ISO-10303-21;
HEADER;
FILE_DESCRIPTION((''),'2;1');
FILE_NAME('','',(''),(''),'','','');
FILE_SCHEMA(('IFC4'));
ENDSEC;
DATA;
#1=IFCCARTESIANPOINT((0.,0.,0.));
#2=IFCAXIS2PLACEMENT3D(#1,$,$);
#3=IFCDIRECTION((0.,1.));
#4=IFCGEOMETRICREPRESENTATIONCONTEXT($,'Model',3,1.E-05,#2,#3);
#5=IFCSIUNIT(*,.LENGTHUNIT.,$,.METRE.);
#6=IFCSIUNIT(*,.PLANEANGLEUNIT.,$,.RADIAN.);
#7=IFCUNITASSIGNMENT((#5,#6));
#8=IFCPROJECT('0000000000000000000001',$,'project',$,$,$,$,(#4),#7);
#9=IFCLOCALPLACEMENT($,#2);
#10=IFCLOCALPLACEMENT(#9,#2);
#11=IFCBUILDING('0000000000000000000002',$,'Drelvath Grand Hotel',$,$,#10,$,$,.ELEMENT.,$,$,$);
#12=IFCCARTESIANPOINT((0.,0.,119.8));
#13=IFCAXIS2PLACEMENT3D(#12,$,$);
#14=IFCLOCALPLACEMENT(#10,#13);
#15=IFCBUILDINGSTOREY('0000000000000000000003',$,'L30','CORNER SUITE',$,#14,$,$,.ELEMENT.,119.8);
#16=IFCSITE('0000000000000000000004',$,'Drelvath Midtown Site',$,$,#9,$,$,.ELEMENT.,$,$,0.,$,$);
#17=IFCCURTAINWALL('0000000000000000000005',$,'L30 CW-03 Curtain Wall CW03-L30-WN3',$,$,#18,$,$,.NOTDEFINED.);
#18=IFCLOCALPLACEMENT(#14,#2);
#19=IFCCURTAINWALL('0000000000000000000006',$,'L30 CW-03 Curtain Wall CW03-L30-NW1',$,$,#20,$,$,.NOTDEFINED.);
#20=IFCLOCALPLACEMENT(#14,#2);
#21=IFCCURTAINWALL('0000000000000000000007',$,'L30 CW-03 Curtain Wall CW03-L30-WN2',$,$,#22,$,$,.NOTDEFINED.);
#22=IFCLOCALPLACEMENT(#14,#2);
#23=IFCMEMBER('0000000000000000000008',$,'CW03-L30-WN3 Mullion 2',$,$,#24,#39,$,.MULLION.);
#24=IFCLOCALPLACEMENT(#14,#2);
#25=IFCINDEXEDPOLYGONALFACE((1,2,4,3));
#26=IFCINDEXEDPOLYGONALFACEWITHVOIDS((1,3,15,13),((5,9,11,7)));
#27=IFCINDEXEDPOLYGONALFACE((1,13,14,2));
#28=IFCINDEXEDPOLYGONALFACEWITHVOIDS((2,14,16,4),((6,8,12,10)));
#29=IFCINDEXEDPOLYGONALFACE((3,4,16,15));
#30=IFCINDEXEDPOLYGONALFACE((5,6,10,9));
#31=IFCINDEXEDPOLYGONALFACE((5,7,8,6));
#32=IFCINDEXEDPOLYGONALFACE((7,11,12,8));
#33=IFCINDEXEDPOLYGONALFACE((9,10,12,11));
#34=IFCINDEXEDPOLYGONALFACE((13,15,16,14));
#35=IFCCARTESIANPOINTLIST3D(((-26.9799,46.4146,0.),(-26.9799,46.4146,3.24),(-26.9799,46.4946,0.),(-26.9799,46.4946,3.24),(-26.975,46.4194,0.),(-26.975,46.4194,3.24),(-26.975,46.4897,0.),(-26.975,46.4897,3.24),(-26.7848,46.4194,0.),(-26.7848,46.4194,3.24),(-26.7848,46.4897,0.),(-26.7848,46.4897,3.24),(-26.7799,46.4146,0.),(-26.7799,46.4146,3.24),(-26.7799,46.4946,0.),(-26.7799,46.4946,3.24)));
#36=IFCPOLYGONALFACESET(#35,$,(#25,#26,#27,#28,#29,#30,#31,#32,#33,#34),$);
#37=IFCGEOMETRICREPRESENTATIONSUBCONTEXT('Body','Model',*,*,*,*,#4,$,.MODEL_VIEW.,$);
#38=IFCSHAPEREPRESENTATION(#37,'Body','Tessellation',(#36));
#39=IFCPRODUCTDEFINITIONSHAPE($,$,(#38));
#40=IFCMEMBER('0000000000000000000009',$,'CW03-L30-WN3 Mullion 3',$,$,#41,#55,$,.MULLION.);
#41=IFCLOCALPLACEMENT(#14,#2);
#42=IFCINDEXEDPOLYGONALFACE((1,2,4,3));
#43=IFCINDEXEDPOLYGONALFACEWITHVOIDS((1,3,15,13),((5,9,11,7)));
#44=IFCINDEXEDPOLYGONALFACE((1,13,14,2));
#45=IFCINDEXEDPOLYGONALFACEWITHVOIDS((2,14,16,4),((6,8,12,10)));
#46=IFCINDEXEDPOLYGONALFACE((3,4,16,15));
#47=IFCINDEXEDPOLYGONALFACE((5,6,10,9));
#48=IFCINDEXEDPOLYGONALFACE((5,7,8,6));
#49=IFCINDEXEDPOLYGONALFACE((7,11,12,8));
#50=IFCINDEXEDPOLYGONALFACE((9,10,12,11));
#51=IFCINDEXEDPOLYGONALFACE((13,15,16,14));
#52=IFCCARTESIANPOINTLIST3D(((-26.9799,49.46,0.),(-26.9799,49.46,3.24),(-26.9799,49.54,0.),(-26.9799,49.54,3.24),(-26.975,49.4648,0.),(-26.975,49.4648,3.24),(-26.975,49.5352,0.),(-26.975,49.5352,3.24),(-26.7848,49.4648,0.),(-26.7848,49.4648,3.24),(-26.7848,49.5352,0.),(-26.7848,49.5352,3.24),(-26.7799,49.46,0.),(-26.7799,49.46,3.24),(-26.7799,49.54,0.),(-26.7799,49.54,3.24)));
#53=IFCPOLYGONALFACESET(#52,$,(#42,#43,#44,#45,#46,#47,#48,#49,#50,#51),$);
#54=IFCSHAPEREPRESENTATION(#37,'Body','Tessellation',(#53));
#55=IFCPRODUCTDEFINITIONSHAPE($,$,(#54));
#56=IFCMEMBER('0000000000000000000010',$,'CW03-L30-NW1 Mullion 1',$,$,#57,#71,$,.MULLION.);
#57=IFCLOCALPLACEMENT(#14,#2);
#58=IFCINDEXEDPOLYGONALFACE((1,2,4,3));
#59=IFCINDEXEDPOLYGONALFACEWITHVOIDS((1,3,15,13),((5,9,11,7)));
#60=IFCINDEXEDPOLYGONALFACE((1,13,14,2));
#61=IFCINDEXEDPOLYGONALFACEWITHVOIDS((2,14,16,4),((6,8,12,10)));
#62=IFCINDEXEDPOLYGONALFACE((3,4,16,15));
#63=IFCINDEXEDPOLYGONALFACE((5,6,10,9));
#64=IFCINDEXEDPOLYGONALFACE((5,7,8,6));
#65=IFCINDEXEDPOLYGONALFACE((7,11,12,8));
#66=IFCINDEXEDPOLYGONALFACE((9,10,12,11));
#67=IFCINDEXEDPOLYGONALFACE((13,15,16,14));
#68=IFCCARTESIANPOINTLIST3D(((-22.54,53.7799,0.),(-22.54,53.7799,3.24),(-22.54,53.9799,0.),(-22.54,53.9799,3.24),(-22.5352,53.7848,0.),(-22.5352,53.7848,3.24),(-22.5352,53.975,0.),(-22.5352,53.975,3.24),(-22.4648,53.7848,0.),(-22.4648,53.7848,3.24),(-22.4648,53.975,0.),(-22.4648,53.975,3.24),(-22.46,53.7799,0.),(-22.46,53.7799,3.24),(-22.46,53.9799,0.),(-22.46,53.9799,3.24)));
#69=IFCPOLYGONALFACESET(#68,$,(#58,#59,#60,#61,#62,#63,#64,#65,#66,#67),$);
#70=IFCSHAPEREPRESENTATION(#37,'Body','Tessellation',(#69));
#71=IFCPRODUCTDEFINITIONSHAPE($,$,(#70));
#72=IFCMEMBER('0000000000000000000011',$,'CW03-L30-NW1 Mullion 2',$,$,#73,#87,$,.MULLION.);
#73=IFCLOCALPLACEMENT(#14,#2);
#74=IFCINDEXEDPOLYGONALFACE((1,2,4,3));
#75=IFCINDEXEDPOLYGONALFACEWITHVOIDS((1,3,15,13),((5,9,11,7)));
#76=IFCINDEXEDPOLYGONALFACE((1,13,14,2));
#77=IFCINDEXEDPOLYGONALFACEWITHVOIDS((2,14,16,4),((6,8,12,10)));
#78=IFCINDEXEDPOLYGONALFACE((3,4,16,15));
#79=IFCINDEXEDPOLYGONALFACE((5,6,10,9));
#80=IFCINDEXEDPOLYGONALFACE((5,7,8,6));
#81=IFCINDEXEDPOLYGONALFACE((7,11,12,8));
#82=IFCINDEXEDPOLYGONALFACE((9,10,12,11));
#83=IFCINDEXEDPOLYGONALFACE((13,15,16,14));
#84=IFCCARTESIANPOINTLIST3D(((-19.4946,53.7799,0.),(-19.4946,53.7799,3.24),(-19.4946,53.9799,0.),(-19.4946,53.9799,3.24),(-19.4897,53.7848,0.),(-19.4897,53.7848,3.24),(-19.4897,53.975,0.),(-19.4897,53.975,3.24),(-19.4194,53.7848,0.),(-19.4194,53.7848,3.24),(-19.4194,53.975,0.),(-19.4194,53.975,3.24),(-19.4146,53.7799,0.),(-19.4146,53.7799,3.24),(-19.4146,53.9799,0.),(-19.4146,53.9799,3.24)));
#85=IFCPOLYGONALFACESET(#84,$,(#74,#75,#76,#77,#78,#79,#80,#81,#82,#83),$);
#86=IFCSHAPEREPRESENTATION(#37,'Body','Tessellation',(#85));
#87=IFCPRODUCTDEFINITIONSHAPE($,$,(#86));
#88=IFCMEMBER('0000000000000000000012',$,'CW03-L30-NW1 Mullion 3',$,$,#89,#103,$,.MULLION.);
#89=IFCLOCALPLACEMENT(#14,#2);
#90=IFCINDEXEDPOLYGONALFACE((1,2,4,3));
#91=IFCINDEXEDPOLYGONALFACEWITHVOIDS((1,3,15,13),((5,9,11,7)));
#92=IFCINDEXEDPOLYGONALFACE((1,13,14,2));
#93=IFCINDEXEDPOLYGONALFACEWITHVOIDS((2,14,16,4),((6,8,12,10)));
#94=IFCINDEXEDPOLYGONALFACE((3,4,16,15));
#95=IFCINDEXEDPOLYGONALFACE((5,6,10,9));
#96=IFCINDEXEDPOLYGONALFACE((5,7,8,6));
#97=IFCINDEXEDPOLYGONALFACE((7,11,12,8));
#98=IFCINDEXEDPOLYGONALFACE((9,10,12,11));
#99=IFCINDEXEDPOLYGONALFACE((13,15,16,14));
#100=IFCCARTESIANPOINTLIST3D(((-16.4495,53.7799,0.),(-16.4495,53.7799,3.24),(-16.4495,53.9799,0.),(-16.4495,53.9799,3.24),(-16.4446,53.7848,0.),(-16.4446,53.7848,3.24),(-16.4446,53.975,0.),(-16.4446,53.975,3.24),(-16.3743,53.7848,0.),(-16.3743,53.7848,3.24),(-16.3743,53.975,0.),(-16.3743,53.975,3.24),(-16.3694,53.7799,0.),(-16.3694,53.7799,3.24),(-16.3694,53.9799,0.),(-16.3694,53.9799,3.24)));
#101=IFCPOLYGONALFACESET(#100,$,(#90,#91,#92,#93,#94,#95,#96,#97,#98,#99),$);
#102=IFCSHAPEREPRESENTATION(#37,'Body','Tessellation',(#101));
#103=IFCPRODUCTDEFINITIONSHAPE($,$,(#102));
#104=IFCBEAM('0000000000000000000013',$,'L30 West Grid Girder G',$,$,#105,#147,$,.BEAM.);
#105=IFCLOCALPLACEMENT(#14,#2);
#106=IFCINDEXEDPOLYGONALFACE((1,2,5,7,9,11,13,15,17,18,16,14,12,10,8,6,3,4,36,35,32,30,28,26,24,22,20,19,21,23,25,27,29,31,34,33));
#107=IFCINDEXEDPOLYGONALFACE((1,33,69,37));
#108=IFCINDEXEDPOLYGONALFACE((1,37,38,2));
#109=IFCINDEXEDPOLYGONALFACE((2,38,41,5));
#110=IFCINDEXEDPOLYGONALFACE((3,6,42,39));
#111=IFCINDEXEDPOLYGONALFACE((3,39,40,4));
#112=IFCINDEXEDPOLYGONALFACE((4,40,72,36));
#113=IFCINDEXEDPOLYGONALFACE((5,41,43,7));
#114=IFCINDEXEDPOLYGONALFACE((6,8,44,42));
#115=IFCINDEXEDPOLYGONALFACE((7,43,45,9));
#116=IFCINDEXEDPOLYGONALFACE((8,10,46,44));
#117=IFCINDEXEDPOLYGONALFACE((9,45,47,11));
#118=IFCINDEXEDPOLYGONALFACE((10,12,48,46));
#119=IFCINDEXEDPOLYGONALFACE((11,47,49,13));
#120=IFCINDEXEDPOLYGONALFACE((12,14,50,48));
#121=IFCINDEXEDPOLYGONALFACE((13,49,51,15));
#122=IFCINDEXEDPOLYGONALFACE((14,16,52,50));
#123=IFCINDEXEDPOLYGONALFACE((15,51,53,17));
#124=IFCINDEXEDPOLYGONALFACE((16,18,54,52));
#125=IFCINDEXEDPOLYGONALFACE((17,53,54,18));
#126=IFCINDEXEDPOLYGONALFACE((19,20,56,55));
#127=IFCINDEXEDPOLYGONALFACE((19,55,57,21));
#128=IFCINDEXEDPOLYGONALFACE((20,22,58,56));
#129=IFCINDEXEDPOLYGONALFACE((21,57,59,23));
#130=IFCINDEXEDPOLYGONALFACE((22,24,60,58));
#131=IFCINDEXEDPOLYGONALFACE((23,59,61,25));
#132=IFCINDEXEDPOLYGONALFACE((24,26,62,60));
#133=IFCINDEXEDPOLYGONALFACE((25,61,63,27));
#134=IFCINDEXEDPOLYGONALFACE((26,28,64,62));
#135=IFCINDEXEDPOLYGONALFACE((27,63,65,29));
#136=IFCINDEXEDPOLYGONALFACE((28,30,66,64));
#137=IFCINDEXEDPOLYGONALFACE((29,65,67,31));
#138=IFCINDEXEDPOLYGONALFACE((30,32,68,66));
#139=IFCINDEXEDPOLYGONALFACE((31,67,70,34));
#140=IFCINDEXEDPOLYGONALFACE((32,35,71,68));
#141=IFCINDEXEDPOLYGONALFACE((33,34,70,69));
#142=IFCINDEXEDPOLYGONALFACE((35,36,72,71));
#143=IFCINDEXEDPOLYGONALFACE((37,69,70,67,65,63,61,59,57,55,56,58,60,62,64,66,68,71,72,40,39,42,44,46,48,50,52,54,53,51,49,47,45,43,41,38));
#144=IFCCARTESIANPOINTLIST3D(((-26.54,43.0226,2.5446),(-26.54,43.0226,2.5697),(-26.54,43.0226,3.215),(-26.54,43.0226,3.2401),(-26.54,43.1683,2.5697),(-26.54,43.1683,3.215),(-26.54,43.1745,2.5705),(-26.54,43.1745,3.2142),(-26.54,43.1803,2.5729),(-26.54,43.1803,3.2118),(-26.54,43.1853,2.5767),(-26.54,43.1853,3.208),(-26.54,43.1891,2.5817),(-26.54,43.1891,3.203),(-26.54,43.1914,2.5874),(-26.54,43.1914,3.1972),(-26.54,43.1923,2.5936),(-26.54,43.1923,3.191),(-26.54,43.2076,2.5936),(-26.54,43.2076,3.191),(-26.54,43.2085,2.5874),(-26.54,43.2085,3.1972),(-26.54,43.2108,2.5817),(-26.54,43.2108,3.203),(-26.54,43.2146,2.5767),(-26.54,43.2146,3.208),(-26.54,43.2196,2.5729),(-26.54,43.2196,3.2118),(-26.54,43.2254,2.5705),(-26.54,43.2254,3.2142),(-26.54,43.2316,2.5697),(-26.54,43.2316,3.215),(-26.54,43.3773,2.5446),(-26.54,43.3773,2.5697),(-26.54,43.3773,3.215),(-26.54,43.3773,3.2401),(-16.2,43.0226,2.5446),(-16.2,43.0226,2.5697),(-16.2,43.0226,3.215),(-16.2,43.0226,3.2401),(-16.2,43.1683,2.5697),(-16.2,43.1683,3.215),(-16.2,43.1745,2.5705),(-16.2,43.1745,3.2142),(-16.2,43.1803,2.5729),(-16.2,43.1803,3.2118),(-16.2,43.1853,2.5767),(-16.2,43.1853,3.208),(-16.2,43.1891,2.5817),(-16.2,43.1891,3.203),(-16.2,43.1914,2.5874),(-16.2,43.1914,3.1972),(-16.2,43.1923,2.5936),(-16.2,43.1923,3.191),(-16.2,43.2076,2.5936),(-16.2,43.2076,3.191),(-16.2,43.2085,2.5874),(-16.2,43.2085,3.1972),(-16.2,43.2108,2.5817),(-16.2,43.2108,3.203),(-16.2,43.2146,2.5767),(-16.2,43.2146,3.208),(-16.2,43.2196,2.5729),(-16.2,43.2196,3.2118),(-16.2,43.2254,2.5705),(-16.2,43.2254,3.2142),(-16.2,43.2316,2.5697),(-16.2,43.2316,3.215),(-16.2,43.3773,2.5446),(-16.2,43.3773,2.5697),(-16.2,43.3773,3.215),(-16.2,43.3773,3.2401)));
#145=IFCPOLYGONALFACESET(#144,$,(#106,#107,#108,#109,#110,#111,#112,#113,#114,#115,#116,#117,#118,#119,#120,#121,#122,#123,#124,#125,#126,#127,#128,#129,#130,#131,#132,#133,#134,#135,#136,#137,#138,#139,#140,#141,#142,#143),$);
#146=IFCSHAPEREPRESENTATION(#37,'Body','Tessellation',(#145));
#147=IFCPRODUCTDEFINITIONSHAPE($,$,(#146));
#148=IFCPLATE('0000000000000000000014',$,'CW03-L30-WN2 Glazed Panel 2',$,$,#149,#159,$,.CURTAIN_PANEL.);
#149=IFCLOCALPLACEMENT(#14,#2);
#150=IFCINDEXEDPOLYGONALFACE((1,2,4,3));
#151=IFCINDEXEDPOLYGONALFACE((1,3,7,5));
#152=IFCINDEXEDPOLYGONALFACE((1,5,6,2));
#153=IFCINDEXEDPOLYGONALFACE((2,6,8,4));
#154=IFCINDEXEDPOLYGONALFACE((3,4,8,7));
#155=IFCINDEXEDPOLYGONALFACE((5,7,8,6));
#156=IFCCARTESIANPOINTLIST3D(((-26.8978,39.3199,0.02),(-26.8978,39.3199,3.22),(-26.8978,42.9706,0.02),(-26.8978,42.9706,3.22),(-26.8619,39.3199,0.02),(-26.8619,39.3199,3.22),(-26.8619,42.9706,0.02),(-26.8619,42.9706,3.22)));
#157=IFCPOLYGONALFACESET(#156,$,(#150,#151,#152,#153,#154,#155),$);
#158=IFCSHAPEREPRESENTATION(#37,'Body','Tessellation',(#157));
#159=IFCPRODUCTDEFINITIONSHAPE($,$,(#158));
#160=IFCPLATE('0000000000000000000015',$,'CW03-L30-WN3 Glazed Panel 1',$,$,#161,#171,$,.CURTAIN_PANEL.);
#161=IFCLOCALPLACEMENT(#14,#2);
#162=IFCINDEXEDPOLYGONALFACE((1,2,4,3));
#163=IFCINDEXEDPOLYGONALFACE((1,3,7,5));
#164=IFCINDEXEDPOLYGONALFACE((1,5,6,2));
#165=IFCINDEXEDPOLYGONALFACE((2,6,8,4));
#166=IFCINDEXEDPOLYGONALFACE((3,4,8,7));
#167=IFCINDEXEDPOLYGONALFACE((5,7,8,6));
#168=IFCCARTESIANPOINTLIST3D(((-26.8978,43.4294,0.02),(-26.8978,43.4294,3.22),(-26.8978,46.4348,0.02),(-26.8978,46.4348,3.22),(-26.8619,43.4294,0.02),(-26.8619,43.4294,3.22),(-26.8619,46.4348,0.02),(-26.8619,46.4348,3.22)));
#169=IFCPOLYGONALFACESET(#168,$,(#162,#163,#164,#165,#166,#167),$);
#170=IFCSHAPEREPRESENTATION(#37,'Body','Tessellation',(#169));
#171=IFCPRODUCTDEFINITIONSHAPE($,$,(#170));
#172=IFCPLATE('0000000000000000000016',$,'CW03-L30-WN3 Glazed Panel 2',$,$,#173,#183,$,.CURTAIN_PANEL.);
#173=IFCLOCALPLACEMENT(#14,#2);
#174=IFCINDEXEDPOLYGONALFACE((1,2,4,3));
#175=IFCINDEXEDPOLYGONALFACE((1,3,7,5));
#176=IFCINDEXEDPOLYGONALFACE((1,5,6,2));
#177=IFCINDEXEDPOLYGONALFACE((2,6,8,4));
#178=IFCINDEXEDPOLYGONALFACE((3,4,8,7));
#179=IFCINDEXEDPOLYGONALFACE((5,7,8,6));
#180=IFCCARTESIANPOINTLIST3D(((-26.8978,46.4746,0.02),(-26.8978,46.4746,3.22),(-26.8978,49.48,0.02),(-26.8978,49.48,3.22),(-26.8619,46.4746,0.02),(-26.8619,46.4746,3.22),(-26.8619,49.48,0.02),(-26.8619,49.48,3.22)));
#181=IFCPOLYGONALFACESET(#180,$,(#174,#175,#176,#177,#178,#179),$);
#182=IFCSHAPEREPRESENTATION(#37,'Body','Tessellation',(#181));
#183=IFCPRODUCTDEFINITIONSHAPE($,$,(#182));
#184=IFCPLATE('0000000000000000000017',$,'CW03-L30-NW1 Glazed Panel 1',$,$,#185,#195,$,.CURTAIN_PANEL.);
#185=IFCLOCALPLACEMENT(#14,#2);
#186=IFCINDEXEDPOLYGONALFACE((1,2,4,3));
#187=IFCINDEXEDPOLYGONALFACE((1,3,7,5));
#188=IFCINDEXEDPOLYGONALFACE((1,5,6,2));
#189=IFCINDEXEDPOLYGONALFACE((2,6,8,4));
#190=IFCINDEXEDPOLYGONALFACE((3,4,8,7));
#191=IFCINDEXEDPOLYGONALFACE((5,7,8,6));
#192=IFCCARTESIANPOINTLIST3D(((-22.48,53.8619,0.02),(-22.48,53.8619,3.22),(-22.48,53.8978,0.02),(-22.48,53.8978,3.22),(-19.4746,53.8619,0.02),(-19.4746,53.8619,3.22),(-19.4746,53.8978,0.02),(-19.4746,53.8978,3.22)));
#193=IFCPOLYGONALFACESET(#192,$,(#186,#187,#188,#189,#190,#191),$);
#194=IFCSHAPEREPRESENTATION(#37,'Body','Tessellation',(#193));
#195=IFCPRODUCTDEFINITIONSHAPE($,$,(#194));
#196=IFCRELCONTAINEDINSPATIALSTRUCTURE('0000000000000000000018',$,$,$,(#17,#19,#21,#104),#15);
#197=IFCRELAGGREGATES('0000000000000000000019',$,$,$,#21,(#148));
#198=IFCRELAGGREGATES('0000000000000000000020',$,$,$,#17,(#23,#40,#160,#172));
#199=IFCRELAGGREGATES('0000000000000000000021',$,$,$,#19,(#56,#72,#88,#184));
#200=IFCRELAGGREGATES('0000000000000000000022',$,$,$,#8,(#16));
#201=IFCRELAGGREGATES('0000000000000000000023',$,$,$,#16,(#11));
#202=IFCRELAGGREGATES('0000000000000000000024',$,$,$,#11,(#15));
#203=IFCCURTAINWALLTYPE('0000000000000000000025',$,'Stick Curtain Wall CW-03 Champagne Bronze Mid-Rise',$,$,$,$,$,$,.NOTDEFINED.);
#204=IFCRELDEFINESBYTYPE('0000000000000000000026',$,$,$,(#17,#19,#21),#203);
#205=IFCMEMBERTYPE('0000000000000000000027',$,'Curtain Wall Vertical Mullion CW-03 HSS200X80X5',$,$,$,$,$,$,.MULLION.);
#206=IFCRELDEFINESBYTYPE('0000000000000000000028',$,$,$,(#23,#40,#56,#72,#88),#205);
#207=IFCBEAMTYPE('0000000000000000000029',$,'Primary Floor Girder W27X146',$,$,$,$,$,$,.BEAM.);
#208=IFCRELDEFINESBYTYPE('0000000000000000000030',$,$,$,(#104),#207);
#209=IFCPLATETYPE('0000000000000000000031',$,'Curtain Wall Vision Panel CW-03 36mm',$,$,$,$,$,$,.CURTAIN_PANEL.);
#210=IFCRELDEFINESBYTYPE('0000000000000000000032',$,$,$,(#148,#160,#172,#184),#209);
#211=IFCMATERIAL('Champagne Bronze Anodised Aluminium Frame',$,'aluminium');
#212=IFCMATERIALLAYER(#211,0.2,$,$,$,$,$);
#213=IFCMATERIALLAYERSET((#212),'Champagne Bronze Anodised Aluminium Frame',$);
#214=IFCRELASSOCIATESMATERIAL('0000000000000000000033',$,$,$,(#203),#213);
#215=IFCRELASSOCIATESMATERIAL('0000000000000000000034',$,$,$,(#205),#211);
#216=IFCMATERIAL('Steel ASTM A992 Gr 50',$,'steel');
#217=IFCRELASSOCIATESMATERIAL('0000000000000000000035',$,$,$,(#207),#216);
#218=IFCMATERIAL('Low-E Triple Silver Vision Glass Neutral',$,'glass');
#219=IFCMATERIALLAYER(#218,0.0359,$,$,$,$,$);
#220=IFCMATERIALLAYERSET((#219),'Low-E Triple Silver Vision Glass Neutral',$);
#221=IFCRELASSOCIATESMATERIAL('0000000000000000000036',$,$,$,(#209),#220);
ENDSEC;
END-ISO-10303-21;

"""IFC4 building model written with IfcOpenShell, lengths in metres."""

from ifc_helpers import new_model, si_unit, direction, frame, origin, origin_2d, place, context, subcontext, project, spatial, rectangle, hollow_rectangle, i_section, extrude, material, layer, layer_set, material_profile, profile_set, type_object, element, aggregate, save


model = new_model("IFC4")

# Units and contexts
model_context = context("Model", 3, precision=1e-05, world=origin(), true_north=direction((0.0, 1.0)))
body_context = subcontext(model_context, "Body", "Model", "MODEL_VIEW")
ifc_project = project(units=[si_unit("LENGTHUNIT", "METRE"), si_unit("PLANEANGLEUNIT", "RADIAN")], contexts=[model_context])

# Site, building, storey
site_placement = place(None, origin())
site = spatial("IfcSite", under=ifc_project, at=site_placement, Name="Drelvath Midtown Site", CompositionType="ELEMENT", RefElevation=0.0)
building_placement = place(site_placement, origin())
building = spatial("IfcBuilding", under=site, at=building_placement, Name="Drelvath Grand Hotel", CompositionType="ELEMENT")
storey_placement = place(building_placement, frame((0.0, 0.0, 119.8)))
storey = spatial("IfcBuildingStorey", under=building, at=storey_placement, Name="L30", Description="CORNER SUITE", CompositionType="ELEMENT", Elevation=119.8)

# Shared definitions
ifc_material_1 = material(Name="Steel ASTM A992 Gr 50", Category="steel")

# Curtain walls
ifc_material_2 = material(Name="Champagne Bronze Anodised Aluminium Frame", Category="aluminium")
ifc_layer_1 = layer(ifc_material_2, 0.2)
ifc_layer_set_1 = layer_set([ifc_layer_1], Name="Champagne Bronze Anodised Aluminium Frame")
curtain_wall_type = type_object("IfcCurtainWallType", Name="Stick Curtain Wall CW-03 Champagne Bronze Mid-Rise", PredefinedType="NOTDEFINED", material=ifc_layer_set_1)
curtain_wall_1_placement = place(storey_placement, origin())
curtain_wall_1 = element("IfcCurtainWall", 1, at=curtain_wall_1_placement, inside=storey, type_object=curtain_wall_type, Name="L30 CW-03 Curtain Wall CW03-L30-WN3", PredefinedType="NOTDEFINED")
curtain_wall_2_placement = place(storey_placement, origin())
curtain_wall_2 = element("IfcCurtainWall", 2, at=curtain_wall_2_placement, inside=storey, type_object=curtain_wall_type, Name="L30 CW-03 Curtain Wall CW03-L30-NW1", PredefinedType="NOTDEFINED")

# Curtain wall
curtain_wall_3_placement = place(storey_placement, origin())
curtain_wall_3 = element("IfcCurtainWall", 3, at=curtain_wall_3_placement, inside=storey, type_object=curtain_wall_type, Name="L30 CW-03 Curtain Wall CW03-L30-WN2", PredefinedType="NOTDEFINED")
ifc_material_profile_1 = material_profile(ifc_material_2, hollow_rectangle(XDim=0.0801, YDim=0.2, WallThickness=0.0049, at=origin_2d()), Name="HSS200X80X5")
ifc_profile_set_1 = profile_set([ifc_material_profile_1], Name="Champagne Bronze Anodised Aluminium Frame")
member_type_1 = type_object("IfcMemberType", Name="Curtain Wall Vertical Mullion CW-03 HSS200X80X5", PredefinedType="MULLION", material=ifc_profile_set_1)

# Members
member_1_placement = place(storey_placement, frame((-26.8799, 46.4546, 0.0), z_axis=(0.0, 0.0, 1.0), x_axis=(0.0, 1.0, 0.0)))
member_1 = element("IfcMember", 4, at=member_1_placement, type_object=member_type_1, Name="CW03-L30-WN3 Mullion 2", PredefinedType="MULLION", context=body_context, shape_type="SweptSolid", body=[
    extrude(hollow_rectangle(XDim=0.0801, YDim=0.2, WallThickness=0.0049, at=origin_2d()), origin(), (0.0, 0.0, 1.0), 3.24),
])
member_2_placement = place(storey_placement, frame((-26.8799, 49.5, 0.0), z_axis=(0.0, 0.0, 1.0), x_axis=(0.0, 1.0, 0.0)))
member_2 = element("IfcMember", 5, at=member_2_placement, type_object=member_type_1, Name="CW03-L30-WN3 Mullion 3", PredefinedType="MULLION", context=body_context, shape_type="SweptSolid", body=[
    extrude(hollow_rectangle(XDim=0.0801, YDim=0.2, WallThickness=0.0049, at=origin_2d()), origin(), (0.0, 0.0, 1.0), 3.24),
])
member_3_placement = place(storey_placement, frame((-22.5, 53.8799, 0.0), z_axis=(0.0, 0.0, 1.0), x_axis=(1.0, 0.0, 0.0)))
member_3 = element("IfcMember", 6, at=member_3_placement, type_object=member_type_1, Name="CW03-L30-NW1 Mullion 1", PredefinedType="MULLION", context=body_context, shape_type="SweptSolid", body=[
    extrude(hollow_rectangle(XDim=0.0801, YDim=0.2, WallThickness=0.0049, at=origin_2d()), origin(), (0.0, 0.0, 1.0), 3.24),
])
member_4_placement = place(storey_placement, frame((-19.4546, 53.8799, 0.0), z_axis=(0.0, 0.0, 1.0), x_axis=(1.0, 0.0, 0.0)))
member_4 = element("IfcMember", 7, at=member_4_placement, type_object=member_type_1, Name="CW03-L30-NW1 Mullion 2", PredefinedType="MULLION", context=body_context, shape_type="SweptSolid", body=[
    extrude(hollow_rectangle(XDim=0.0801, YDim=0.2, WallThickness=0.0049, at=origin_2d()), origin(), (0.0, 0.0, 1.0), 3.24),
])
member_5_placement = place(storey_placement, frame((-16.4094, 53.8799, 0.0), z_axis=(0.0, 0.0, 1.0), x_axis=(1.0, 0.0, 0.0)))
member_5 = element("IfcMember", 8, at=member_5_placement, type_object=member_type_1, Name="CW03-L30-NW1 Mullion 3", PredefinedType="MULLION", context=body_context, shape_type="SweptSolid", body=[
    extrude(hollow_rectangle(XDim=0.0801, YDim=0.2, WallThickness=0.0049, at=origin_2d()), origin(), (0.0, 0.0, 1.0), 3.24),
])

# Beam
ifc_material_profile_2 = material_profile(ifc_material_1, i_section(OverallWidth=0.3547, OverallDepth=0.6956, WebThickness=0.0154, FlangeThickness=0.0251, FilletRadius=0.0239, at=origin_2d()), Name="W27X146")
ifc_profile_set_2 = profile_set([ifc_material_profile_2], Name="Steel ASTM A992 Gr 50")
beam_type_1 = type_object("IfcBeamType", Name="Primary Floor Girder W27X146", PredefinedType="BEAM", material=ifc_profile_set_2)
beam_1_placement = place(storey_placement, frame((-26.54, 43.2, 2.8923), z_axis=(1.0, 0.0, 0.0), x_axis=(0.0, 1.0, 0.0)))
element("IfcBeam", 9, at=beam_1_placement, inside=storey, type_object=beam_type_1, Name="L30 West Grid Girder G", PredefinedType="BEAM", context=body_context, shape_type="SweptSolid", body=[
    extrude(i_section(OverallWidth=0.3547, OverallDepth=0.6956, WebThickness=0.0154, FlangeThickness=0.0251, FilletRadius=0.0239, at=origin_2d()), origin(), (0.0, 0.0, 1.0), 10.3401),
])

# Plates
ifc_material_3 = material(Name="Low-E Triple Silver Vision Glass Neutral", Category="glass")
ifc_layer_2 = layer(ifc_material_3, 0.0359)
ifc_layer_set_2 = layer_set([ifc_layer_2], Name="Low-E Triple Silver Vision Glass Neutral")
plate_type = type_object("IfcPlateType", Name="Curtain Wall Vision Panel CW-03 36mm", PredefinedType="CURTAIN_PANEL", material=ifc_layer_set_2)
plate_1_placement = place(storey_placement, frame((-26.8799, 41.1453, 0.02), z_axis=(0.0, 0.0, 1.0), x_axis=(0.0, 1.0, 0.0)))
plate_1 = element("IfcPlate", 10, at=plate_1_placement, type_object=plate_type, Name="CW03-L30-WN2 Glazed Panel 2", PredefinedType="CURTAIN_PANEL", context=body_context, shape_type="SweptSolid", body=[
    extrude(rectangle(XDim=3.6506, YDim=0.0359, at=origin_2d()), origin(), (0.0, 0.0, 1.0), 3.2),
])
aggregate(curtain_wall_3, [plate_1])
plate_2_placement = place(storey_placement, frame((-26.8799, 44.9321, 0.02), z_axis=(0.0, 0.0, 1.0), x_axis=(0.0, 1.0, 0.0)))
plate_2 = element("IfcPlate", 11, at=plate_2_placement, type_object=plate_type, Name="CW03-L30-WN3 Glazed Panel 1", PredefinedType="CURTAIN_PANEL", context=body_context, shape_type="SweptSolid", body=[
    extrude(rectangle(XDim=3.0054, YDim=0.0359, at=origin_2d()), origin(), (0.0, 0.0, 1.0), 3.2),
])
plate_3_placement = place(storey_placement, frame((-26.8799, 47.9773, 0.02), z_axis=(0.0, 0.0, 1.0), x_axis=(0.0, 1.0, 0.0)))
plate_3 = element("IfcPlate", 12, at=plate_3_placement, type_object=plate_type, Name="CW03-L30-WN3 Glazed Panel 2", PredefinedType="CURTAIN_PANEL", context=body_context, shape_type="SweptSolid", body=[
    extrude(rectangle(XDim=3.0054, YDim=0.0359, at=origin_2d()), origin(), (0.0, 0.0, 1.0), 3.2),
])
aggregate(curtain_wall_1, [member_1, member_2, plate_2, plate_3])
plate_4_placement = place(storey_placement, frame((-20.9773, 53.8799, 0.02), z_axis=(0.0, 0.0, 1.0), x_axis=(1.0, 0.0, 0.0)))
plate_4 = element("IfcPlate", 13, at=plate_4_placement, type_object=plate_type, Name="CW03-L30-NW1 Glazed Panel 1", PredefinedType="CURTAIN_PANEL", context=body_context, shape_type="SweptSolid", body=[
    extrude(rectangle(XDim=3.0054, YDim=0.0359, at=origin_2d()), origin(), (0.0, 0.0, 1.0), 3.2),
])
aggregate(curtain_wall_2, [member_3, member_4, member_5, plate_4])

save(model, "model.ifc")
